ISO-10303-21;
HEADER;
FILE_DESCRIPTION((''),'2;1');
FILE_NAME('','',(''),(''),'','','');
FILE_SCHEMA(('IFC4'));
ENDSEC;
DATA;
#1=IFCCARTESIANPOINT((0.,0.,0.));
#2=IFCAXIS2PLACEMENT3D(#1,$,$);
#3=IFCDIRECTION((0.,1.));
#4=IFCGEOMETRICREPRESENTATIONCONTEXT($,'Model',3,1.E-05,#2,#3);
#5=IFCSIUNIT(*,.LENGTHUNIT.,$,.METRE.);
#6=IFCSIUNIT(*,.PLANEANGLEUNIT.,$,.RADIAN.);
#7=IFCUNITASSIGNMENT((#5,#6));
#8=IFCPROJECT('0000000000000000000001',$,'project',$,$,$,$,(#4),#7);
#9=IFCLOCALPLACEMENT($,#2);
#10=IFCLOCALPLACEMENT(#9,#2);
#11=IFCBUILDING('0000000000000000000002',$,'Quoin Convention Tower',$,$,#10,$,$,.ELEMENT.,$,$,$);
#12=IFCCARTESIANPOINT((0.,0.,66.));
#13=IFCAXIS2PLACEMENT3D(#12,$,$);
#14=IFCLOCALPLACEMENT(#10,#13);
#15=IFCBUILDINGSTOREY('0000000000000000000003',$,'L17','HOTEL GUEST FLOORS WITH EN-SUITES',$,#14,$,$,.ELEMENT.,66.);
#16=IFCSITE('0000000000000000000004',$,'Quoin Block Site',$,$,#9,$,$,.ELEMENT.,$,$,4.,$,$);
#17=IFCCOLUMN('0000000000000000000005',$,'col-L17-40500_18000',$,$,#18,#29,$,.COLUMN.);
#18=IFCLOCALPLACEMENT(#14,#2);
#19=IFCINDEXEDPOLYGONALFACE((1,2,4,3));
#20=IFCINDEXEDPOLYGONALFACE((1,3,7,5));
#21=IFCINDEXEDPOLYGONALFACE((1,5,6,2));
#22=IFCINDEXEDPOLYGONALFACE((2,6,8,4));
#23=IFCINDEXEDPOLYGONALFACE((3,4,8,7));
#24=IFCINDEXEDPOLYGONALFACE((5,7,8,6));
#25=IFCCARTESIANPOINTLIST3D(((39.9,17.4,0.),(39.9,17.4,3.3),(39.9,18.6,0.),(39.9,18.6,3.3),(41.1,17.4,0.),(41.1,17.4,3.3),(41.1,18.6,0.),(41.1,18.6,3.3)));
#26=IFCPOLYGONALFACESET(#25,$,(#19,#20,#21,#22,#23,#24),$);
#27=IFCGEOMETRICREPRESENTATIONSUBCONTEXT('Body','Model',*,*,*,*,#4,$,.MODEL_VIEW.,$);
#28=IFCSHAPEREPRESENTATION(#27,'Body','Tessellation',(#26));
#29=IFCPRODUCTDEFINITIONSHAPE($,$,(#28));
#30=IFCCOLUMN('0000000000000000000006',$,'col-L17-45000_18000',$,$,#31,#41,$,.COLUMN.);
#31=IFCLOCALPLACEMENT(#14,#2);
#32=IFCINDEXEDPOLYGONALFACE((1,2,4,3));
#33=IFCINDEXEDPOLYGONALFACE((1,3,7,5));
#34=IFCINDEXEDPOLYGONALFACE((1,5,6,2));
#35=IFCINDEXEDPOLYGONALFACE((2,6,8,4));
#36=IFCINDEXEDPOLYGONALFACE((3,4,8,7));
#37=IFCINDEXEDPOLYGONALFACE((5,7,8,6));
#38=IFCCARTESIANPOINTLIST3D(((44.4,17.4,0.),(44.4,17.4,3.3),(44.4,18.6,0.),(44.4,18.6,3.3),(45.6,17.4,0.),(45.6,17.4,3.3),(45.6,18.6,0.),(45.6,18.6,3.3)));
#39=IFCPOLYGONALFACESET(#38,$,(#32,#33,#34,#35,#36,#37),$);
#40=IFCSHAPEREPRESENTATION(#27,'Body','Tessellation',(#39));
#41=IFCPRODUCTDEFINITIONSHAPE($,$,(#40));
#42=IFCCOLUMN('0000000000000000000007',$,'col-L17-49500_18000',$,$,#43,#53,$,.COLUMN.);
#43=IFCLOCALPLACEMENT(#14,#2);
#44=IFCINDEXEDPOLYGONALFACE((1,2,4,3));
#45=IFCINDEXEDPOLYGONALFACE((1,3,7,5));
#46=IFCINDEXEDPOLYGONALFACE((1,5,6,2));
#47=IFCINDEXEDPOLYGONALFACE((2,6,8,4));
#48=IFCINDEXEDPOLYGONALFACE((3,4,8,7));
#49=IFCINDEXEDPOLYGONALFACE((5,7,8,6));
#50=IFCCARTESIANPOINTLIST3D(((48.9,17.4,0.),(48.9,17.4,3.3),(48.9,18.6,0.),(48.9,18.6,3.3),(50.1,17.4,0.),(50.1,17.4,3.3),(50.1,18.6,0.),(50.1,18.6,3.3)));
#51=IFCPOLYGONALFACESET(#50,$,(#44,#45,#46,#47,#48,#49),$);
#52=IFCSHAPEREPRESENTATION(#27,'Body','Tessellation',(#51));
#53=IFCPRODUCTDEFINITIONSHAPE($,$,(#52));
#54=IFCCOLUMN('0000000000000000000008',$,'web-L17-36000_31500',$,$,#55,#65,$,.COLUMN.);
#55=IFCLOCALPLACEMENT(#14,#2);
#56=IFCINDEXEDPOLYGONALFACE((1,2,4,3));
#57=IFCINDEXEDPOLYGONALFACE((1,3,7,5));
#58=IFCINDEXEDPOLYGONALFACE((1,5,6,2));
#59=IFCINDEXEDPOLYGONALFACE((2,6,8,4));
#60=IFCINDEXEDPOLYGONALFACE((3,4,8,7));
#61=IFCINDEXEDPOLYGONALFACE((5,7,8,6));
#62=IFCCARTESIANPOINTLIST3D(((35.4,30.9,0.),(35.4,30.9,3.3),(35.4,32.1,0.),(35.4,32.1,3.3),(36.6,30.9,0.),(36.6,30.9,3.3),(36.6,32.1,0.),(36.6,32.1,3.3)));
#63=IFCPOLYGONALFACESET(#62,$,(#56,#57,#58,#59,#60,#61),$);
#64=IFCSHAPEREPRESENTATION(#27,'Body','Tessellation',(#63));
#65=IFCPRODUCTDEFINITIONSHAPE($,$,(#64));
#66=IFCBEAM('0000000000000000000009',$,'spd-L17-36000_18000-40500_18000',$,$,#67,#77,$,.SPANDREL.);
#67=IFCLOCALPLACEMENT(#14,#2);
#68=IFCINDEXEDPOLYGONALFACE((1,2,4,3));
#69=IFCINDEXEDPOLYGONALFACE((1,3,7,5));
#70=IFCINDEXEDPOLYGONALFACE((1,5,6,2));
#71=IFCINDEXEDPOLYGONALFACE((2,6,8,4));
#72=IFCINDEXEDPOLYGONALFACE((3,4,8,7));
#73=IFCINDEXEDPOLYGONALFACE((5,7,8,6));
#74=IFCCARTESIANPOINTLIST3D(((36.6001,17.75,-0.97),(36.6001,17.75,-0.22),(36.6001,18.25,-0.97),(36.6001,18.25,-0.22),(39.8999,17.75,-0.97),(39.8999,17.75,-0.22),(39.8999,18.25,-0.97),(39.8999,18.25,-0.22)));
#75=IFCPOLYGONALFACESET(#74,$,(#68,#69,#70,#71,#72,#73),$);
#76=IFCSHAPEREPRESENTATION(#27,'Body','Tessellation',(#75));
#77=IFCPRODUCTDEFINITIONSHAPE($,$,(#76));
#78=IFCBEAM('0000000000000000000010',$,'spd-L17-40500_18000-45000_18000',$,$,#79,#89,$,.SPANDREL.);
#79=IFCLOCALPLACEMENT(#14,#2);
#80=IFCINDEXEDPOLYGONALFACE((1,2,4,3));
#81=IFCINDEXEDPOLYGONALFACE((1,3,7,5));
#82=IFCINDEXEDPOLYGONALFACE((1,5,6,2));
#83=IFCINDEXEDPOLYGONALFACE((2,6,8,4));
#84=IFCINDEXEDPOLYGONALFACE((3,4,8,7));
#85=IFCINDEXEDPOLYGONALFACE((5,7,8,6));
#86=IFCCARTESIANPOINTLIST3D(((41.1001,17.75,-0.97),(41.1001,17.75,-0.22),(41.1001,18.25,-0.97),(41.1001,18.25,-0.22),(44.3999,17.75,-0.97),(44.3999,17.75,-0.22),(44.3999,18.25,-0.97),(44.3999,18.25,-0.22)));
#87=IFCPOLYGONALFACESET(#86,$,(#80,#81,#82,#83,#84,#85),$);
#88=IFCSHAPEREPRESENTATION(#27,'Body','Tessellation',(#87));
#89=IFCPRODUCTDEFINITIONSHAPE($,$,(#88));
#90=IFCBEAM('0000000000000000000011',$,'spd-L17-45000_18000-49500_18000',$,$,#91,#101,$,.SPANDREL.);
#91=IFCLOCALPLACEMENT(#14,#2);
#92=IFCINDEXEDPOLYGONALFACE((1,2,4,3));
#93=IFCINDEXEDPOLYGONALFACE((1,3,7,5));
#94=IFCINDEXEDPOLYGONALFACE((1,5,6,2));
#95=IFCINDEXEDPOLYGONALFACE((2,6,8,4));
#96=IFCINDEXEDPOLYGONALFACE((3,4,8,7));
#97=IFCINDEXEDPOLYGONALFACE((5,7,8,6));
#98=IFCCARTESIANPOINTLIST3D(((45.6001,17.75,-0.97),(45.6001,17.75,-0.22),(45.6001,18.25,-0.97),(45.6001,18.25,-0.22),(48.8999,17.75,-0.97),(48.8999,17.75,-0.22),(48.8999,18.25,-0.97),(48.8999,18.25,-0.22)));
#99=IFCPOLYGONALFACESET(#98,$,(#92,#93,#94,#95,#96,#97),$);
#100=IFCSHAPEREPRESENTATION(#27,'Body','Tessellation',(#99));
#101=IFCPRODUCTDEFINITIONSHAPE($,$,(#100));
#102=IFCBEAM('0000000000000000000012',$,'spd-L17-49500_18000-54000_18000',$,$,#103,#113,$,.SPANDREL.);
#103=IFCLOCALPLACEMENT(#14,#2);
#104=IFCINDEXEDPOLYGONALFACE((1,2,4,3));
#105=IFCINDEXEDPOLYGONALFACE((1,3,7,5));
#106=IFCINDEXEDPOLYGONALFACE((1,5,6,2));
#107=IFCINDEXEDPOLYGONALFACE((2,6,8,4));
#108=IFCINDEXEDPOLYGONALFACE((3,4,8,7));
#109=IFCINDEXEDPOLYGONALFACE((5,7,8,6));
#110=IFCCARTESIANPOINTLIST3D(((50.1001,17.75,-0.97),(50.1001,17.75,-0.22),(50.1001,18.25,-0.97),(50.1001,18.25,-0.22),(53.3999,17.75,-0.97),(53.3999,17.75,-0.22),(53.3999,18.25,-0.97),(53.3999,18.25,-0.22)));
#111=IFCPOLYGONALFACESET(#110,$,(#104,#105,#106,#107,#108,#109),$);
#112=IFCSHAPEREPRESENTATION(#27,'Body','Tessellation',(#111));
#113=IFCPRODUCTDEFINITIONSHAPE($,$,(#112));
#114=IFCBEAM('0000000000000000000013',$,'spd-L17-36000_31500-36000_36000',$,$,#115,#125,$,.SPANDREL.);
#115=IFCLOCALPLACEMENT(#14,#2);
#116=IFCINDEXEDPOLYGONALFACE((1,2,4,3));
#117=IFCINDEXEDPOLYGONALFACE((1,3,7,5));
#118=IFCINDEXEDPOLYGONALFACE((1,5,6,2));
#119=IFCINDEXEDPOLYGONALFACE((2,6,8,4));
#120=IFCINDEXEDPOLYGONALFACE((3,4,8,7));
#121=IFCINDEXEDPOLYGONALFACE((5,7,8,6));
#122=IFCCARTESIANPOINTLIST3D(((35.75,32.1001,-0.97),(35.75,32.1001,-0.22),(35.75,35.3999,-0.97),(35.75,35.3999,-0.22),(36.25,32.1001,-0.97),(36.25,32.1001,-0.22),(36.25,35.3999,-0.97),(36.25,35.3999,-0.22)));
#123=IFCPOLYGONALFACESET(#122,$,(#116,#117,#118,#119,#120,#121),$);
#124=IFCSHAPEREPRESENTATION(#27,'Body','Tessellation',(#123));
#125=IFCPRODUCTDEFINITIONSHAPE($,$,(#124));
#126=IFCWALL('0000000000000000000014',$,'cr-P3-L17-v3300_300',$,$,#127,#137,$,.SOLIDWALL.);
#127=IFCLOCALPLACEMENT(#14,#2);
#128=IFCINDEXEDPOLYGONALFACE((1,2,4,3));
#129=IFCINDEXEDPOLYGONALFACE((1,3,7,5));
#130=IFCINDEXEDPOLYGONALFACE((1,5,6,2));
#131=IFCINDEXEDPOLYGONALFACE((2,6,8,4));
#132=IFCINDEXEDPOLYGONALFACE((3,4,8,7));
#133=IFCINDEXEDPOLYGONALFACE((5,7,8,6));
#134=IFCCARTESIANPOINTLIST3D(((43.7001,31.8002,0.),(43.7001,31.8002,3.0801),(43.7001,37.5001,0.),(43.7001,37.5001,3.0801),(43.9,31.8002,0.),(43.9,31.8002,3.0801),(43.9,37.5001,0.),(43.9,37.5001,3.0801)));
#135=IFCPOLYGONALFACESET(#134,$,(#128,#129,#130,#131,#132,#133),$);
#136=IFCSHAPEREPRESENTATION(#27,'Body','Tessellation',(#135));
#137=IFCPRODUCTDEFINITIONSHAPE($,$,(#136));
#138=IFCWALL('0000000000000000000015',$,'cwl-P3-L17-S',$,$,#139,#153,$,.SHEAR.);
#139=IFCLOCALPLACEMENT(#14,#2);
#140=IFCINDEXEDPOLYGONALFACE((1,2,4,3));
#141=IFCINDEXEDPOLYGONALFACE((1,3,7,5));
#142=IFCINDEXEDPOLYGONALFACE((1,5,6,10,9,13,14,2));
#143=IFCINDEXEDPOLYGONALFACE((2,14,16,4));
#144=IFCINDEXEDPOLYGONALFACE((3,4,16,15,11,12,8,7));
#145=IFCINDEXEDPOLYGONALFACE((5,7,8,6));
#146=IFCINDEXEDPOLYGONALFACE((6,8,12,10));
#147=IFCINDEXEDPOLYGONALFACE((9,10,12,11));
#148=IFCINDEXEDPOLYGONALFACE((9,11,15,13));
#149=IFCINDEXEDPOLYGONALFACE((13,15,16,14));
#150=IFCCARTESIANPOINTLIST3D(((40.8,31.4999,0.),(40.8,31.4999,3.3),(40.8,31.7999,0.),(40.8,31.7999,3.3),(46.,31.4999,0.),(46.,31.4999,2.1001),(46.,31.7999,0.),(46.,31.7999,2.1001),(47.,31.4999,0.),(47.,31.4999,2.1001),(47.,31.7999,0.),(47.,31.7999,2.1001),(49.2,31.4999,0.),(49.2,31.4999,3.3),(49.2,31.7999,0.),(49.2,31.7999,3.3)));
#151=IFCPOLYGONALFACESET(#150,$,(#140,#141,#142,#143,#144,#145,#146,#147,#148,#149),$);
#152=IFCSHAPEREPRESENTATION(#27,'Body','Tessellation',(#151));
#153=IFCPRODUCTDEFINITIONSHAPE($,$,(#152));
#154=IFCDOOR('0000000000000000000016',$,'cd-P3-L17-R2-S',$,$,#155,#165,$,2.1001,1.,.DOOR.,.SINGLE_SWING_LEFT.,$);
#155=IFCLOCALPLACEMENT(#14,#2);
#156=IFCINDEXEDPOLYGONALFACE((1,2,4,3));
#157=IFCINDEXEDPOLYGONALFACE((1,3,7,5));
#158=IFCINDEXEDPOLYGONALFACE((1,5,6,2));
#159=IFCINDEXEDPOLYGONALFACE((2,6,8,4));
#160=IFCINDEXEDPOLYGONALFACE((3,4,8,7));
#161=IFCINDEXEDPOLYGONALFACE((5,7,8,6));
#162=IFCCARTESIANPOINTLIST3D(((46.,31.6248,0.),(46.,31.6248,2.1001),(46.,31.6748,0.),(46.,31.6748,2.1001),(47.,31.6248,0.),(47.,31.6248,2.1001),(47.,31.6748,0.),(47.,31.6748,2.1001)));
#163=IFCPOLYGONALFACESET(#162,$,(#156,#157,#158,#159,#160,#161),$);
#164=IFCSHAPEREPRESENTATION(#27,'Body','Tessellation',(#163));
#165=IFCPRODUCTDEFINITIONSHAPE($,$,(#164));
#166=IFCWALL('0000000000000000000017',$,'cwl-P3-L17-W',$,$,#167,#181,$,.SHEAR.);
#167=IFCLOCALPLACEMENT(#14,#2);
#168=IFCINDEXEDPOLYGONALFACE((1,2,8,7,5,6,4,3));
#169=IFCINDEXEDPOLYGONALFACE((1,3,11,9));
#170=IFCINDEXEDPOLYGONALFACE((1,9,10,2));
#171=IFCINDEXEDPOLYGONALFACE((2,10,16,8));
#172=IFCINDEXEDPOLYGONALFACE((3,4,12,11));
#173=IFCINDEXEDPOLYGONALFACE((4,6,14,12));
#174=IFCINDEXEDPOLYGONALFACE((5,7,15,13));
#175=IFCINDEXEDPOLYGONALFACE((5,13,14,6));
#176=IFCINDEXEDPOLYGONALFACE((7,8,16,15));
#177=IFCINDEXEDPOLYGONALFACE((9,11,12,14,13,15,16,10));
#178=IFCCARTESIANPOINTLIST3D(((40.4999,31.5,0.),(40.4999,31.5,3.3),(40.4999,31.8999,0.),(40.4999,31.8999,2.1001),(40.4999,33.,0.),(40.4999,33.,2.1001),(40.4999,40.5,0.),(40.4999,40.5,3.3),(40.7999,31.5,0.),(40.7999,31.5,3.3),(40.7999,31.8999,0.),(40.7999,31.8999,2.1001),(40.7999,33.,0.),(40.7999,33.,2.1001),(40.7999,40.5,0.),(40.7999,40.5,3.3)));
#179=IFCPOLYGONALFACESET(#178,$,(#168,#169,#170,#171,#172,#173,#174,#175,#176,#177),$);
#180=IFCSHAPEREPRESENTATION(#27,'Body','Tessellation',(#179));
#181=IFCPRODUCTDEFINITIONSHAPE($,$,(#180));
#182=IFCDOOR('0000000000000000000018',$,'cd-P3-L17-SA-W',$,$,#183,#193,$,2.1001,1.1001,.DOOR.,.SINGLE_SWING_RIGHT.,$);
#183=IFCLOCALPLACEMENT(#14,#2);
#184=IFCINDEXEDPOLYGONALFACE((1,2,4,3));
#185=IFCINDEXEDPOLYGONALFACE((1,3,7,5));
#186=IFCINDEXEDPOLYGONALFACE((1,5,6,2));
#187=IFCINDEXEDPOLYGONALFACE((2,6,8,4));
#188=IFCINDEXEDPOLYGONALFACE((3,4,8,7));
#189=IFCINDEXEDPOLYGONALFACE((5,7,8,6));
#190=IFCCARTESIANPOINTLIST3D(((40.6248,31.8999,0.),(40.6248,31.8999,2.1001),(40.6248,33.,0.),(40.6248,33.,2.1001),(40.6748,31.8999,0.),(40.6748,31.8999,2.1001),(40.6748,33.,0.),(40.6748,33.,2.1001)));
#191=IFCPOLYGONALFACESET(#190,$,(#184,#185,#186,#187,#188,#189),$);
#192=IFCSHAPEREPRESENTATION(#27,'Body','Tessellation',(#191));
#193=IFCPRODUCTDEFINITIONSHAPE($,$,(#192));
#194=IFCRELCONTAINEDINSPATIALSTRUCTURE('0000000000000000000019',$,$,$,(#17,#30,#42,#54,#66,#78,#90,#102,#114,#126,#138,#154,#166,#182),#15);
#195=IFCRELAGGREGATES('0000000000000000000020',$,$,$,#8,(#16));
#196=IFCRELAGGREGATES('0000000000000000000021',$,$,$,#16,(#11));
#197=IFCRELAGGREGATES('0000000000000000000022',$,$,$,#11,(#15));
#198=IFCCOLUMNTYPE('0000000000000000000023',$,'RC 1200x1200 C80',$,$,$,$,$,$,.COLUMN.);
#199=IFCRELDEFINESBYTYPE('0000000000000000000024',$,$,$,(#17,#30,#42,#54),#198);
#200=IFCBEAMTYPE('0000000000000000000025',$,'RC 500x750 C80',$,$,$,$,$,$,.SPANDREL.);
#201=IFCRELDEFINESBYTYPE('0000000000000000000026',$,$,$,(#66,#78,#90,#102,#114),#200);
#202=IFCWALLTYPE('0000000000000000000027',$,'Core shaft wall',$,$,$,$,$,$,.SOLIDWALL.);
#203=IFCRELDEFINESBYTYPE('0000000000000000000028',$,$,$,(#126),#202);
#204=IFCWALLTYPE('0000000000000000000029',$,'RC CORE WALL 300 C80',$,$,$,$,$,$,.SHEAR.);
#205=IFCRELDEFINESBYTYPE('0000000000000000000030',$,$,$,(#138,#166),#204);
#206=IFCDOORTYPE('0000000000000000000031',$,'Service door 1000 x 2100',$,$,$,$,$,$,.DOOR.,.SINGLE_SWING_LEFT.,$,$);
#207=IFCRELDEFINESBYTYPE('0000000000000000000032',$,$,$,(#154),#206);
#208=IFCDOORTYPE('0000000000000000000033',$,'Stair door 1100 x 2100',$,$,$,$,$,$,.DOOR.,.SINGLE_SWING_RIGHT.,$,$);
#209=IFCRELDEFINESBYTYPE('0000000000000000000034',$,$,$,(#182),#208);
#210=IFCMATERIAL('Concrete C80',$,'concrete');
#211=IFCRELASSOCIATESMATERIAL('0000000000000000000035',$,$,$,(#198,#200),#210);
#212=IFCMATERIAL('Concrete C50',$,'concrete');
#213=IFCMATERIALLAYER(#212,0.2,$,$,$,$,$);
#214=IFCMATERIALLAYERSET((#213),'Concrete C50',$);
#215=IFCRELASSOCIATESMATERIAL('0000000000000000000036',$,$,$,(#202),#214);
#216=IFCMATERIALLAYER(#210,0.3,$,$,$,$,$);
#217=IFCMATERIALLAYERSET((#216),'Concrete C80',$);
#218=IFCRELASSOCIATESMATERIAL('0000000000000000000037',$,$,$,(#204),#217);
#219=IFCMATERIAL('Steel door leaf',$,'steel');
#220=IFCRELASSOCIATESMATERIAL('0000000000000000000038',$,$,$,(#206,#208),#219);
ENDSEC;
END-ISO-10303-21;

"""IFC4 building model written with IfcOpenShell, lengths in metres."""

from ifc_helpers import new_model, si_unit, direction, frame, frame_2d, origin, origin_2d, place, context, subcontext, project, spatial, rectangle, extrude, material, layer, layer_set, material_profile, profile_set, type_object, element, fill, save


model = new_model("IFC4")

# Units and contexts
model_context = context("Model", 3, precision=1e-05, world=origin(), true_north=direction((0.0, 1.0)))
body_context = subcontext(model_context, "Body", "Model", "MODEL_VIEW")
ifc_project = project(units=[si_unit("LENGTHUNIT", "METRE"), si_unit("PLANEANGLEUNIT", "RADIAN")], contexts=[model_context])

# Site, building, storey
site_placement = place(None, origin())
site = spatial("IfcSite", under=ifc_project, at=site_placement, Name="Quoin Block Site", CompositionType="ELEMENT", RefElevation=4.0)
building_placement = place(site_placement, origin())
building = spatial("IfcBuilding", under=site, at=building_placement, Name="Quoin Convention Tower", CompositionType="ELEMENT")
storey_placement = place(building_placement, frame((0.0, 0.0, 66.0)))
storey = spatial("IfcBuildingStorey", under=building, at=storey_placement, Name="L17", Description="HOTEL GUEST FLOORS WITH EN-SUITES", CompositionType="ELEMENT", Elevation=66.0)

# Columns
ifc_material_1 = material(Name="Concrete C80", Category="concrete")
ifc_material_profile_1 = material_profile(ifc_material_1, rectangle(XDim=1.2, YDim=1.2, at=origin_2d()), Name="RC 1200x1200")
ifc_profile_set_1 = profile_set([ifc_material_profile_1], Name="Concrete C80")
column_type = type_object("IfcColumnType", Name="RC 1200x1200 C80", PredefinedType="COLUMN", material=ifc_profile_set_1)
for number, where, z_axis, x_axis, name in (
    (1, (40.5, 18.0, 0.0), (0.0, 0.0, 1.0), (1.0, 0.0, 0.0), "col-L17-40500_18000"),
    (2, (45.0, 18.0, 0.0), (0.0, 0.0, 1.0), (1.0, 0.0, 0.0), "col-L17-45000_18000"),
    (3, (49.5, 18.0, 0.0), (0.0, 0.0, 1.0), (1.0, 0.0, 0.0), "col-L17-49500_18000"),
    (4, (36.0, 31.5, 0.0), (0.0, 0.0, 1.0), (1.0, 0.0, 0.0), "web-L17-36000_31500"),
):
    element("IfcColumn", number, at=place(storey_placement, frame(where, z_axis=z_axis, x_axis=x_axis)), inside=storey, type_object=column_type, Name=name, PredefinedType="COLUMN", context=body_context, shape_type="SweptSolid", body=[
        extrude(rectangle(XDim=1.2, YDim=1.2, at=origin_2d()), origin(), (0.0, 0.0, 1.0), 3.3),
    ])

# Beams
ifc_material_profile_2 = material_profile(ifc_material_1, rectangle(XDim=0.5, YDim=0.75, at=origin_2d()), Name="RC 500x750")
ifc_profile_set_2 = profile_set([ifc_material_profile_2], Name="Concrete C80")
beam_type = type_object("IfcBeamType", Name="RC 500x750 C80", PredefinedType="SPANDREL", material=ifc_profile_set_2)
for number, where, z_axis, x_axis, name in (
    (5, (36.6001, 18.0, -0.595), (1.0, 0.0, 0.0), (0.0, 1.0, 0.0), "spd-L17-36000_18000-40500_18000"),
    (6, (41.1001, 18.0, -0.595), (1.0, 0.0, 0.0), (0.0, 1.0, 0.0), "spd-L17-40500_18000-45000_18000"),
    (7, (45.6001, 18.0, -0.595), (1.0, 0.0, 0.0), (0.0, 1.0, 0.0), "spd-L17-45000_18000-49500_18000"),
    (8, (50.1001, 18.0, -0.595), (1.0, 0.0, 0.0), (0.0, 1.0, 0.0), "spd-L17-49500_18000-54000_18000"),
    (9, (36.0, 32.1001, -0.595), (0.0, 1.0, 0.0), (-1.0, 0.0, 0.0), "spd-L17-36000_31500-36000_36000"),
):
    element("IfcBeam", number, at=place(storey_placement, frame(where, z_axis=z_axis, x_axis=x_axis)), inside=storey, type_object=beam_type, Name=name, PredefinedType="SPANDREL", context=body_context, shape_type="SweptSolid", body=[
        extrude(rectangle(XDim=0.5, YDim=0.75, at=origin_2d()), origin(), (0.0, 0.0, 1.0), 3.2998),
    ])

# Wall
ifc_material_2 = material(Name="Concrete C50", Category="concrete")
ifc_layer_1 = layer(ifc_material_2, 0.2)
ifc_layer_set_1 = layer_set([ifc_layer_1], Name="Concrete C50")
wall_type_1 = type_object("IfcWallType", Name="Core shaft wall", PredefinedType="SOLIDWALL", material=ifc_layer_set_1)
wall_1_placement = place(storey_placement, frame((43.8, 31.8, 0.0), z_axis=(0.0, 0.0, 1.0), x_axis=(0.0, 1.0, 0.0)))
element("IfcWall", 10, at=wall_1_placement, inside=storey, type_object=wall_type_1, Name="cr-P3-L17-v3300_300", PredefinedType="SOLIDWALL", context=body_context, shape_type="SweptSolid", body=[
    extrude(rectangle(XDim=5.7, YDim=0.2, at=frame_2d((2.8501, 0.0))), origin(), (0.0, 0.0, 1.0), 3.0801),
])

# Walls, openings, doors
ifc_layer_2 = layer(ifc_material_1, 0.3)
ifc_layer_set_2 = layer_set([ifc_layer_2], Name="Concrete C80")
wall_type_2 = type_object("IfcWallType", Name="RC CORE WALL 300 C80", PredefinedType="SHEAR", material=ifc_layer_set_2)
wall_2_placement = place(storey_placement, frame((40.8, 31.6499, 0.0), z_axis=(0.0, 0.0, 1.0), x_axis=(1.0, 0.0, 0.0)))
wall_2 = element("IfcWall", 11, at=wall_2_placement, inside=storey, type_object=wall_type_2, Name="cwl-P3-L17-S", PredefinedType="SHEAR", context=body_context, shape_type="SweptSolid", body=[
    extrude(rectangle(XDim=8.3999, YDim=0.3, at=frame_2d((4.2, 0.0))), origin(), (0.0, 0.0, 1.0), 3.3),
])
opening_1_placement = place(wall_2_placement, frame((5.2, 0.0, 0.0)))
opening_1 = element("IfcOpeningElement", 12, at=opening_1_placement, cuts=wall_2, PredefinedType="OPENING", context=body_context, shape_type="SweptSolid", body=[
    extrude(rectangle(XDim=1.0, YDim=2.1001, at=frame_2d((0.5, 1.05))), frame((0.0, 0.1599, 0.0), z_axis=(0.0, -1.0, 0.0), x_axis=(1.0, 0.0, 0.0)), (0.0, 0.0, 1.0), 0.3201),
])
ifc_material_3 = material(Name="Steel door leaf", Category="steel")
door_type_1 = type_object("IfcDoorType", Name="Service door 1000 x 2100", OperationType="SINGLE_SWING_LEFT", PredefinedType="DOOR", material=ifc_material_3)
door_1_placement = place(opening_1_placement, origin())
door_1 = element("IfcDoor", 13, at=door_1_placement, inside=storey, type_object=door_type_1, Name="cd-P3-L17-R2-S", OperationType="SINGLE_SWING_LEFT", OverallHeight=2.1001, OverallWidth=1.0, PredefinedType="DOOR", context=body_context, shape_type="SweptSolid", body=[
    extrude(rectangle(XDim=1.0, YDim=2.1001, at=frame_2d((0.5, 1.05))), frame((0.0, 0.0249, 0.0), z_axis=(0.0, -1.0, 0.0), x_axis=(1.0, 0.0, 0.0)), (0.0, 0.0, 1.0), 0.05),
])
fill(opening_1, door_1)
wall_3_placement = place(storey_placement, frame((40.6499, 31.5, 0.0), z_axis=(0.0, 0.0, 1.0), x_axis=(0.0, 1.0, 0.0)))
wall_3 = element("IfcWall", 14, at=wall_3_placement, inside=storey, type_object=wall_type_2, Name="cwl-P3-L17-W", PredefinedType="SHEAR", context=body_context, shape_type="SweptSolid", body=[
    extrude(rectangle(XDim=9.0, YDim=0.3, at=frame_2d((4.5, 0.0))), origin(), (0.0, 0.0, 1.0), 3.3),
])
opening_2_placement = place(wall_3_placement, frame((0.3999, 0.0, 0.0)))
opening_2 = element("IfcOpeningElement", 15, at=opening_2_placement, cuts=wall_3, PredefinedType="OPENING", context=body_context, shape_type="SweptSolid", body=[
    extrude(rectangle(XDim=1.1001, YDim=2.1001, at=frame_2d((0.55, 1.05))), frame((0.0, 0.1599, 0.0), z_axis=(0.0, -1.0, 0.0), x_axis=(1.0, 0.0, 0.0)), (0.0, 0.0, 1.0), 0.3201),
])
door_type_2 = type_object("IfcDoorType", Name="Stair door 1100 x 2100", OperationType="SINGLE_SWING_RIGHT", PredefinedType="DOOR", material=ifc_material_3)
door_2_placement = place(opening_2_placement, frame((1.1001, 0.0, 0.0), z_axis=(0.0, 0.0, 1.0), x_axis=(-1.0, 0.0, 0.0)))
door_2 = element("IfcDoor", 16, at=door_2_placement, inside=storey, type_object=door_type_2, Name="cd-P3-L17-SA-W", OperationType="SINGLE_SWING_RIGHT", OverallHeight=2.1001, OverallWidth=1.1001, PredefinedType="DOOR", context=body_context, shape_type="SweptSolid", body=[
    extrude(rectangle(XDim=1.1001, YDim=2.1001, at=frame_2d((0.55, 1.05))), frame((0.0, 0.0249, 0.0), z_axis=(0.0, -1.0, 0.0), x_axis=(1.0, 0.0, 0.0)), (0.0, 0.0, 1.0), 0.05),
])
fill(opening_2, door_2)

save(model, "model.ifc")
